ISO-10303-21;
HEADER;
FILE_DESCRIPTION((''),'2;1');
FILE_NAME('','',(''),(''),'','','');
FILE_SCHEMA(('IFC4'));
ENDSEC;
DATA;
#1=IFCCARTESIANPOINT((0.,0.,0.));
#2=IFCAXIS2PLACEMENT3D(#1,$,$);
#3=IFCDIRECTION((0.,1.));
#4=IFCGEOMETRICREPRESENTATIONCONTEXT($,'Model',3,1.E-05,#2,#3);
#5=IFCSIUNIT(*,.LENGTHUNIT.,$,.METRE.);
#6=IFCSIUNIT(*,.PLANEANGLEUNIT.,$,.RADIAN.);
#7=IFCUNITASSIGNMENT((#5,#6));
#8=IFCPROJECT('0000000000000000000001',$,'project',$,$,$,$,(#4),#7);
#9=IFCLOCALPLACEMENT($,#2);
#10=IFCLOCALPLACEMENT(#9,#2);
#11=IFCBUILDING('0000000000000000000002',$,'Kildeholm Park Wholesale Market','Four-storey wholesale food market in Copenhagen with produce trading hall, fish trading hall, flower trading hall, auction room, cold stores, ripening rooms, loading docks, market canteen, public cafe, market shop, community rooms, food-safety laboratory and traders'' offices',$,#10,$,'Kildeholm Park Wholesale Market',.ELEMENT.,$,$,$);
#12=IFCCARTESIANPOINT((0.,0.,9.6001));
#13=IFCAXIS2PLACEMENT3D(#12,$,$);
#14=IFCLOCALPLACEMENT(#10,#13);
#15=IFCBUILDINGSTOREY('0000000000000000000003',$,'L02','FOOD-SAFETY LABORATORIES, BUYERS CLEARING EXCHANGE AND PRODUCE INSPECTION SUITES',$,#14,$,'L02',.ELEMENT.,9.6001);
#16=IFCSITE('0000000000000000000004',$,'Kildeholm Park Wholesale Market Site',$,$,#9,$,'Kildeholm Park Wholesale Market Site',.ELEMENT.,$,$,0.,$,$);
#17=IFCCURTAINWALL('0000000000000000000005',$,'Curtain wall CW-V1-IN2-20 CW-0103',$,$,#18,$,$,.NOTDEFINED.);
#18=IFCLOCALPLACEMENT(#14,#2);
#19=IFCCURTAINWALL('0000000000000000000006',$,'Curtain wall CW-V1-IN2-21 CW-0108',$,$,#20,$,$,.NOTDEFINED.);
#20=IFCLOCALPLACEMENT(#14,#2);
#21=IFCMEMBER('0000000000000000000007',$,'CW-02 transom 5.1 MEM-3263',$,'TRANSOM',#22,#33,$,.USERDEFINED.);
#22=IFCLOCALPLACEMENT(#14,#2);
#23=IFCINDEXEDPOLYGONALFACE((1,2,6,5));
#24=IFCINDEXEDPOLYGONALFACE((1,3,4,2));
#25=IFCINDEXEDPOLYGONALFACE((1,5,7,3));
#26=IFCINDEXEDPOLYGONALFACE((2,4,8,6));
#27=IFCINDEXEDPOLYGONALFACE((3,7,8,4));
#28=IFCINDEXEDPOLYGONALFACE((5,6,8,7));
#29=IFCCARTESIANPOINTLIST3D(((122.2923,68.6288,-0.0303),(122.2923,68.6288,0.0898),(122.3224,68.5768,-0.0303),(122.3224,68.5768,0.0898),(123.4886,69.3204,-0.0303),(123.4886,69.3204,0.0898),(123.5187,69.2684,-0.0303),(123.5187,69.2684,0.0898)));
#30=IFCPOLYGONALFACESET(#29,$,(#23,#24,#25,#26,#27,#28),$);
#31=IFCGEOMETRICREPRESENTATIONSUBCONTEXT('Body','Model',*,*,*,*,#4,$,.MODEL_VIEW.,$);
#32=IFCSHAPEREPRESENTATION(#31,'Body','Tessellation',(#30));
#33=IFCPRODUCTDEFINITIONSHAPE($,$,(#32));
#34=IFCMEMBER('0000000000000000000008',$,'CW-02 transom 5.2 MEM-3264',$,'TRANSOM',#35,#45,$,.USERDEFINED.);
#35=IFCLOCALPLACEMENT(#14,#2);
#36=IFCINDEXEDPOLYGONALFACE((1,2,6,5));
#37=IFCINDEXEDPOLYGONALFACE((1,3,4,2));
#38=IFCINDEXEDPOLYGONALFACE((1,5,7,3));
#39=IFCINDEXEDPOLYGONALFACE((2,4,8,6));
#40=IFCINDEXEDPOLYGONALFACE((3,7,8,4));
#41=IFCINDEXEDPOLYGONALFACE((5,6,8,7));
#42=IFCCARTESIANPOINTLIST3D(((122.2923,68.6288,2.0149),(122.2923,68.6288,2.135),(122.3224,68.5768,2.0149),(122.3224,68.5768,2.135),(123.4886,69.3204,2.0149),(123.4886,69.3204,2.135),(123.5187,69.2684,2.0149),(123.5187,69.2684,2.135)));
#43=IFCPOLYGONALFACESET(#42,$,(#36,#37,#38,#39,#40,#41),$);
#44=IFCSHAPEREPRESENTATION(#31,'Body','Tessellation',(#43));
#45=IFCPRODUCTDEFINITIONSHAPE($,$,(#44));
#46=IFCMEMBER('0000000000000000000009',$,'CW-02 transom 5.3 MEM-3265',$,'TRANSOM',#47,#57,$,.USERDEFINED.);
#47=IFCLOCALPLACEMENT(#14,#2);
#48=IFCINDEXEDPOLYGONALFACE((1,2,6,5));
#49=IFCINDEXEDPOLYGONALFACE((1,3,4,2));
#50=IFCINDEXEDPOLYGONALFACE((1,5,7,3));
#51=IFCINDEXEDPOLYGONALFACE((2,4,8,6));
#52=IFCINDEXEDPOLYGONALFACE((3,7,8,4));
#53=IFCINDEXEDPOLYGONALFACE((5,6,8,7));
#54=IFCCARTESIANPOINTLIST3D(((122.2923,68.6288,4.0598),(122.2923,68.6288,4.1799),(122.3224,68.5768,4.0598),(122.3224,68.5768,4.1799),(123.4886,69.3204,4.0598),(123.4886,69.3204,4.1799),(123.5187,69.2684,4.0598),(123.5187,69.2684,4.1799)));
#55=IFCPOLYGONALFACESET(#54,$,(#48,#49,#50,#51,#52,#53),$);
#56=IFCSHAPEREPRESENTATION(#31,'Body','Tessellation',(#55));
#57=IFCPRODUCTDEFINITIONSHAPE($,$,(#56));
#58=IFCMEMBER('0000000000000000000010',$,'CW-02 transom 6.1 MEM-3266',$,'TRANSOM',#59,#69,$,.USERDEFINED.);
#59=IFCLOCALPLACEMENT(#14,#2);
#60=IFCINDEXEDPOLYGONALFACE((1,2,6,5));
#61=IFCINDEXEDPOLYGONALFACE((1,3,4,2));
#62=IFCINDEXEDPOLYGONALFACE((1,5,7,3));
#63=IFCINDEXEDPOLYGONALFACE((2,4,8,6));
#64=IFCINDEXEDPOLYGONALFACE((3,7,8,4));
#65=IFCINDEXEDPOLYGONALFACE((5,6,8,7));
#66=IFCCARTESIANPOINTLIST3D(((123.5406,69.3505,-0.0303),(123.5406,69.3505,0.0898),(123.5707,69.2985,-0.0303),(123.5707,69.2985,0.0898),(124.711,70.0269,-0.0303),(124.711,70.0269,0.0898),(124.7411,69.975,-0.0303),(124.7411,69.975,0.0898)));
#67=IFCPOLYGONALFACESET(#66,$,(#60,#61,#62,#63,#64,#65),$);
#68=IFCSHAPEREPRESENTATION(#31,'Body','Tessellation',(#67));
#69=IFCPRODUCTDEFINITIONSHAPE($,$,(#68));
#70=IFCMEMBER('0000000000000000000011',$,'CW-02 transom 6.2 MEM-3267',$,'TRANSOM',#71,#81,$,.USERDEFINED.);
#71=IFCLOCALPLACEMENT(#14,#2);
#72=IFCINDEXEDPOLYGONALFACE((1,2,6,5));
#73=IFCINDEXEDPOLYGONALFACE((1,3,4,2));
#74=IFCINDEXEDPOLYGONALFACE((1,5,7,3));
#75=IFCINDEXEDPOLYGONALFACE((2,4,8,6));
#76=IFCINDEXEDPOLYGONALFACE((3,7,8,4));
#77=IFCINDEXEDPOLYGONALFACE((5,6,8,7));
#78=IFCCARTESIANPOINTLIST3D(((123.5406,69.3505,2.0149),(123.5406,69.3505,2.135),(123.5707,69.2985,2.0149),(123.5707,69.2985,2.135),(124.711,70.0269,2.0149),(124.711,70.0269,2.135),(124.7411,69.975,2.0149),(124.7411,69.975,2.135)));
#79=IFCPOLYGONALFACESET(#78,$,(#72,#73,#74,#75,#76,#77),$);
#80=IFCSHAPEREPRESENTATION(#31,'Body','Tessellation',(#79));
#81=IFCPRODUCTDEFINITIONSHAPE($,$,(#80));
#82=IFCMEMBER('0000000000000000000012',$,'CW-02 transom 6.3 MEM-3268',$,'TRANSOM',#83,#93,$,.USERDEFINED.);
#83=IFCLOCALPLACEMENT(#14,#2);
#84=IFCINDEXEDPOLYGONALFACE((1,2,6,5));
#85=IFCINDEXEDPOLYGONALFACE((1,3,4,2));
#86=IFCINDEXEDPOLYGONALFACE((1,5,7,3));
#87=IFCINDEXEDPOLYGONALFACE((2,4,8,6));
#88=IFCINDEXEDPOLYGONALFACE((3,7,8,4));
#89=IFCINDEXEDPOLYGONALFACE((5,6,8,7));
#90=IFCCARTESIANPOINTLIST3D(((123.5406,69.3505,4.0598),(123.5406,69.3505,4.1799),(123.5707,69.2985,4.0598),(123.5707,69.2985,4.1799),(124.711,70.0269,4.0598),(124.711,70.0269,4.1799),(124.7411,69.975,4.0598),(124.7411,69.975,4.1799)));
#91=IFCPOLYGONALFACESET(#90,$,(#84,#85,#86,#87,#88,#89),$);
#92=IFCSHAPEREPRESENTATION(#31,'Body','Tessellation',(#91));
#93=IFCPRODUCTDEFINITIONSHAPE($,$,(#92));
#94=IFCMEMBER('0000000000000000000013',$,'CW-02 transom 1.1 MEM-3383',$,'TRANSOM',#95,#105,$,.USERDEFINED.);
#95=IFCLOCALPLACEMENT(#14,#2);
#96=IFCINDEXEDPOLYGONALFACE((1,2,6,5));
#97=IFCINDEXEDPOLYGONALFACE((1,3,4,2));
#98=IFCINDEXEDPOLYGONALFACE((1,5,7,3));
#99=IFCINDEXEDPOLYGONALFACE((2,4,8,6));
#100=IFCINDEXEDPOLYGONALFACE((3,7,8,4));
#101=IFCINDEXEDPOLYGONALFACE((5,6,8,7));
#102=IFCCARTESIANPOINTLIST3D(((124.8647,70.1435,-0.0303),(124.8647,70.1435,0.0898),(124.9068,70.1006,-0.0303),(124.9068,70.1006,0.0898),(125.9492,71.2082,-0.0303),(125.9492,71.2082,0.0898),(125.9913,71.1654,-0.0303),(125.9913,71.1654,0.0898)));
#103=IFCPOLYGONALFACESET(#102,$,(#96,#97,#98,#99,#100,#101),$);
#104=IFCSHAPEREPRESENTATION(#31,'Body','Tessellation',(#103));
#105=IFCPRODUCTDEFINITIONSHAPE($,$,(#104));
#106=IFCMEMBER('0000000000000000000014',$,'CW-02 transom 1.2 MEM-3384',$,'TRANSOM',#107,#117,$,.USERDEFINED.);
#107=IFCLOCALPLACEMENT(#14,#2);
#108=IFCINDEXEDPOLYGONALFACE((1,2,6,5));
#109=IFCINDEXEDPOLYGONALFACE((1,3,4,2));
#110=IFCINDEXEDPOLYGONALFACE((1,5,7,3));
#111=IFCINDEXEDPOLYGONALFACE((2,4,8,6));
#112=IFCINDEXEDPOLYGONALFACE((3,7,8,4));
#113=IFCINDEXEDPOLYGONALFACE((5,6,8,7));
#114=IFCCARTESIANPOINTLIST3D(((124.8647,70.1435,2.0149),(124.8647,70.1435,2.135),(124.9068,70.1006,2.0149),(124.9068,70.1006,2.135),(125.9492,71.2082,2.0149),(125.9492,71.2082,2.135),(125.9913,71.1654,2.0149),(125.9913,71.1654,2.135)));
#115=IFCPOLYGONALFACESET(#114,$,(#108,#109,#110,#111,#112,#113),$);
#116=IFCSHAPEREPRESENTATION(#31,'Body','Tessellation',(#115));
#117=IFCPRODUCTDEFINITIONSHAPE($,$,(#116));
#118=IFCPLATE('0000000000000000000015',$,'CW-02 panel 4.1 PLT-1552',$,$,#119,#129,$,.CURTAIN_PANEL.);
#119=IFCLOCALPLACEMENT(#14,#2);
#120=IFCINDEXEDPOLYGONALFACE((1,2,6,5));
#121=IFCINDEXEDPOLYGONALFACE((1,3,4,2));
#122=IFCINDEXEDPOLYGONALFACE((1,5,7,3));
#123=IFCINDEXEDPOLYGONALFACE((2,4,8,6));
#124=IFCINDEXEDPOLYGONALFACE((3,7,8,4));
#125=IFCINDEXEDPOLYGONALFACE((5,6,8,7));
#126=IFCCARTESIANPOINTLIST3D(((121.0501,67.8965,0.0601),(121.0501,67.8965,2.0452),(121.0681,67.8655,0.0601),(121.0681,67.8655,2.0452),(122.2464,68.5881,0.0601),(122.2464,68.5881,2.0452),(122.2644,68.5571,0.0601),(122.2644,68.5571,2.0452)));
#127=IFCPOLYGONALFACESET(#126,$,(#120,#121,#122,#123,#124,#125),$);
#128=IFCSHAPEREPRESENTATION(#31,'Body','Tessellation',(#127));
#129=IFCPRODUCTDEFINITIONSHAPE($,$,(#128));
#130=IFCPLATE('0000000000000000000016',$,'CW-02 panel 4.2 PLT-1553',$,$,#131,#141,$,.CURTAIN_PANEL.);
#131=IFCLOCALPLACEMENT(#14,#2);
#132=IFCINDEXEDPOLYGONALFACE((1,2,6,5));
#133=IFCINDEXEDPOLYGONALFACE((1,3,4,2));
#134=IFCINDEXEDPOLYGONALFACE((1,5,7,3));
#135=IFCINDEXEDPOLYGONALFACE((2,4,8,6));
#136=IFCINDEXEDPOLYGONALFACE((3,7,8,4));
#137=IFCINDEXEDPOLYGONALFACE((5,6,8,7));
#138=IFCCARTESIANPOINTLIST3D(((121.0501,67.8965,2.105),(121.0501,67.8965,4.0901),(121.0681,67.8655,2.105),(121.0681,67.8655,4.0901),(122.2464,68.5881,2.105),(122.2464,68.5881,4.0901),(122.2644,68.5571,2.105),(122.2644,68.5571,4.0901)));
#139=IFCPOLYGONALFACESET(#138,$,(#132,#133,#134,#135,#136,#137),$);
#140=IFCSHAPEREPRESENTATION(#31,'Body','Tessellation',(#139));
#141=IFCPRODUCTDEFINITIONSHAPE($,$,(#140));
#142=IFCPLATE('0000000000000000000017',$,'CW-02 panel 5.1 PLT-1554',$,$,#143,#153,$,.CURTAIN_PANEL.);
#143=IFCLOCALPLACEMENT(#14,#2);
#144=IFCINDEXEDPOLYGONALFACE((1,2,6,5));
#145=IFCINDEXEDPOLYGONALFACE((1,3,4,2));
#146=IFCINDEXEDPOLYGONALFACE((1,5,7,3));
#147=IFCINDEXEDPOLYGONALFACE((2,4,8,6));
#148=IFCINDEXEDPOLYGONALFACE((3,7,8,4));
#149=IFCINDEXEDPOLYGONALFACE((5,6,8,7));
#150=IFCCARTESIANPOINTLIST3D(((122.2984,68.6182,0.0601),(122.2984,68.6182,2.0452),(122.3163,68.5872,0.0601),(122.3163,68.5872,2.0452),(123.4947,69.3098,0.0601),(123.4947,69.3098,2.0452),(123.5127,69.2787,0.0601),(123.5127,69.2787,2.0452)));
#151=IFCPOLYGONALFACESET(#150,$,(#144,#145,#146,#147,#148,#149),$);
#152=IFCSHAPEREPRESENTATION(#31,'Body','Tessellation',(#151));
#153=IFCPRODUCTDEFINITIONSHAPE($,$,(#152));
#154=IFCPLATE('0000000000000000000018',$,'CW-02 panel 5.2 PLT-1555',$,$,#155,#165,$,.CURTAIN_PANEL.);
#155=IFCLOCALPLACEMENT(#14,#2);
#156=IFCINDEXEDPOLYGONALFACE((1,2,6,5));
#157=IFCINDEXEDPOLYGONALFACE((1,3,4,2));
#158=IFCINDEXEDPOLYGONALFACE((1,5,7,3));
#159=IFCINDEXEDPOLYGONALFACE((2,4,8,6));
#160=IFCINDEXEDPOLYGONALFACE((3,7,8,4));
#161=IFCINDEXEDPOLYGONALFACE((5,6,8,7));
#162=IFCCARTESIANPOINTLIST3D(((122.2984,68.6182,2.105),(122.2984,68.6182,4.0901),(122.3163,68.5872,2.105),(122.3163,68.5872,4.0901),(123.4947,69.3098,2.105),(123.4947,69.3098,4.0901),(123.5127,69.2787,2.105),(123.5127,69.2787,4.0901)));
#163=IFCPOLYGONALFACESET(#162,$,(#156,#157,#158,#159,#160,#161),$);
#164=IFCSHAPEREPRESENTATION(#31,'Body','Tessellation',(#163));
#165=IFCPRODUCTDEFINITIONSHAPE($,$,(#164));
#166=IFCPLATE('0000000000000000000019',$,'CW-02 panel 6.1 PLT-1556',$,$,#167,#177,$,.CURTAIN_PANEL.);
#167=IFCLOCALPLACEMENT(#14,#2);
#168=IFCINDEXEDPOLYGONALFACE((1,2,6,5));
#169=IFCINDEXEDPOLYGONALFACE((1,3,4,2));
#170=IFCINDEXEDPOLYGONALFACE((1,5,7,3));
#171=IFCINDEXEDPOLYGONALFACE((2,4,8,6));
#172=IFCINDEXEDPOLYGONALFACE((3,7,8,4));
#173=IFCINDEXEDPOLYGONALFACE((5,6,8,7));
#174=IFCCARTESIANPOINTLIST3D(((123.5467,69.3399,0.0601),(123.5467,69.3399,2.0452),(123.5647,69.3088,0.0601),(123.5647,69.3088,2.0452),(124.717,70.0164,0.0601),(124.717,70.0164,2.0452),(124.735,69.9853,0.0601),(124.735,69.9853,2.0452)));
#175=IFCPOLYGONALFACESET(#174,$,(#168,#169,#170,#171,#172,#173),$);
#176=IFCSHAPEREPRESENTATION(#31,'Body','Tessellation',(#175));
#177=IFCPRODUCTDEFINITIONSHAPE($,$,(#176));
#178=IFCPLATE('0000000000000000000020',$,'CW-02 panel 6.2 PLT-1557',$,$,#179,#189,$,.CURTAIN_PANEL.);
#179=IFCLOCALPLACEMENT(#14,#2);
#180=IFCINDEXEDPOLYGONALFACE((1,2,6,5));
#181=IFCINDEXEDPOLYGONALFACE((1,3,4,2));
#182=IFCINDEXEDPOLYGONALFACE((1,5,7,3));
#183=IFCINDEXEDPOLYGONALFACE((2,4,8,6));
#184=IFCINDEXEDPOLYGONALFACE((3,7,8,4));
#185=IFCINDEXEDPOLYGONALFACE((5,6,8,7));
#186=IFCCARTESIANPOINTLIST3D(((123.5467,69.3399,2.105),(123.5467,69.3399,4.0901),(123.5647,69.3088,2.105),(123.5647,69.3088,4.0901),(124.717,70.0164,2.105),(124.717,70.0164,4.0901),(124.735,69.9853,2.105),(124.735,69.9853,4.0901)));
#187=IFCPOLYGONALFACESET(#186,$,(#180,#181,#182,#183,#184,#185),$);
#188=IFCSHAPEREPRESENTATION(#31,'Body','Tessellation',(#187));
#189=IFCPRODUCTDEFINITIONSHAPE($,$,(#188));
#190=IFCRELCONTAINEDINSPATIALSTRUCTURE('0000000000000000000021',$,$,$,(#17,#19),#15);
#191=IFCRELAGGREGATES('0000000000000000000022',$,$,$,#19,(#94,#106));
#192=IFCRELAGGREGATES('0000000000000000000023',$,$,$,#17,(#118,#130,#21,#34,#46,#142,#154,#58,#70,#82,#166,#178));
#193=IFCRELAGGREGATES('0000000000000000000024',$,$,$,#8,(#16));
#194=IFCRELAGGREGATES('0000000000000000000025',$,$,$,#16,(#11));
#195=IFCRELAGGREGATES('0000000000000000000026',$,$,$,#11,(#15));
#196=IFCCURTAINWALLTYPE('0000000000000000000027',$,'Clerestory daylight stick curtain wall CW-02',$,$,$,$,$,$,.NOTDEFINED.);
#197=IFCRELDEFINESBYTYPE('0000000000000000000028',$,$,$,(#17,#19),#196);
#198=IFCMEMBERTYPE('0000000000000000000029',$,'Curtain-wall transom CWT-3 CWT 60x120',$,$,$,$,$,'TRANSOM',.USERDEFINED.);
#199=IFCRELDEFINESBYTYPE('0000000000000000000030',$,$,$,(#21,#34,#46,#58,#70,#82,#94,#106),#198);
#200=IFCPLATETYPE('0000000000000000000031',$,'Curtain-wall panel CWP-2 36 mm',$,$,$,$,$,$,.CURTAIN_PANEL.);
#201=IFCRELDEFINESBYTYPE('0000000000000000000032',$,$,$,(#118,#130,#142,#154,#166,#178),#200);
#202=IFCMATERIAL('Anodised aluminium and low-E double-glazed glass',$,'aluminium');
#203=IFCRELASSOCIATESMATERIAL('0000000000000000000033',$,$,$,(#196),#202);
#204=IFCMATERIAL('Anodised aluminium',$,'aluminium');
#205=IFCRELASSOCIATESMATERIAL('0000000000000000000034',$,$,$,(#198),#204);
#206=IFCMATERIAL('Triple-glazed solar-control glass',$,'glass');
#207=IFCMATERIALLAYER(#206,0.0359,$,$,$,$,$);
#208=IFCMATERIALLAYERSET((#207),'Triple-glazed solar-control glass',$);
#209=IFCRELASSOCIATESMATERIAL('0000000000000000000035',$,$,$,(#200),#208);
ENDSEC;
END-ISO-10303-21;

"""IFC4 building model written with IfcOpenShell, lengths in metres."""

from ifc_helpers import new_model, si_unit, direction, frame, origin, origin_2d, place, context, subcontext, project, spatial, rectangle, extrude, material, layer, layer_set, material_profile, profile_set, type_object, element, aggregate, save


model = new_model("IFC4")

# Units and contexts
model_context = context("Model", 3, precision=1e-05, world=origin(), true_north=direction((0.0, 1.0)))
body_context = subcontext(model_context, "Body", "Model", "MODEL_VIEW")
ifc_project = project(units=[si_unit("LENGTHUNIT", "METRE"), si_unit("PLANEANGLEUNIT", "RADIAN")], contexts=[model_context])

# Site, building, storey
site_placement = place(None, origin())
site = spatial("IfcSite", under=ifc_project, at=site_placement, Name="Kildeholm Park Wholesale Market Site", LongName="Kildeholm Park Wholesale Market Site", CompositionType="ELEMENT", RefElevation=0.0)
building_placement = place(site_placement, origin())
building = spatial("IfcBuilding", under=site, at=building_placement, Name="Kildeholm Park Wholesale Market", Description="Four-storey wholesale food market in Copenhagen with produce trading hall, fish trading hall, flower trading hall, auction room, cold stores, ripening rooms, loading docks, market canteen, public cafe, market shop, community rooms, food-safety laboratory and traders' offices", LongName="Kildeholm Park Wholesale Market", CompositionType="ELEMENT")
storey_placement = place(building_placement, frame((0.0, 0.0, 9.6001)))
storey = spatial("IfcBuildingStorey", under=building, at=storey_placement, Name="L02", Description="FOOD-SAFETY LABORATORIES, BUYERS CLEARING EXCHANGE AND PRODUCE INSPECTION SUITES", LongName="L02", CompositionType="ELEMENT", Elevation=9.6001)

# Curtain wall
ifc_material_1 = material(Name="Anodised aluminium and low-E double-glazed glass", Category="aluminium")
curtain_wall_type = type_object("IfcCurtainWallType", Name="Clerestory daylight stick curtain wall CW-02", PredefinedType="NOTDEFINED", material=ifc_material_1)
curtain_wall_1_placement = place(storey_placement, origin())
curtain_wall_1 = element("IfcCurtainWall", 1, at=curtain_wall_1_placement, inside=storey, type_object=curtain_wall_type, Name="Curtain wall CW-V1-IN2-20 CW-0103", PredefinedType="NOTDEFINED")
ifc_material_2 = material(Name="Anodised aluminium", Category="aluminium")

# Curtain wall
curtain_wall_2_placement = place(storey_placement, origin())
curtain_wall_2 = element("IfcCurtainWall", 2, at=curtain_wall_2_placement, inside=storey, type_object=curtain_wall_type, Name="Curtain wall CW-V1-IN2-21 CW-0108", PredefinedType="NOTDEFINED")

# Members
ifc_material_profile_1 = material_profile(ifc_material_2, rectangle(XDim=0.0601, YDim=0.1201, at=origin_2d()), Name="CWT 60x120")
ifc_profile_set_1 = profile_set([ifc_material_profile_1], Name="Anodised aluminium")
member_type_1 = type_object("IfcMemberType", Name="Curtain-wall transom CWT-3 CWT 60x120", ElementType="TRANSOM", PredefinedType="USERDEFINED", material=ifc_profile_set_1)
member_1_placement = place(storey_placement, frame((122.3074, 68.6028, 0.0298), z_axis=(0.86572, 0.500528, 0.0), x_axis=(-0.500528, 0.86572, 0.0)))
member_1 = element("IfcMember", 3, at=member_1_placement, type_object=member_type_1, Name="CW-02 transom 5.1 MEM-3263", ObjectType="TRANSOM", PredefinedType="USERDEFINED", context=body_context, shape_type="SweptSolid", body=[
    extrude(rectangle(XDim=0.0601, YDim=0.1201, at=origin_2d()), origin(), (0.0, 0.0, 1.0), 1.3818),
])
member_2_placement = place(storey_placement, frame((122.3074, 68.6028, 2.075), z_axis=(0.86572, 0.500528, 0.0), x_axis=(-0.500528, 0.86572, 0.0)))
member_2 = element("IfcMember", 4, at=member_2_placement, type_object=member_type_1, Name="CW-02 transom 5.2 MEM-3264", ObjectType="TRANSOM", PredefinedType="USERDEFINED", context=body_context, shape_type="SweptSolid", body=[
    extrude(rectangle(XDim=0.0601, YDim=0.1201, at=origin_2d()), origin(), (0.0, 0.0, 1.0), 1.3818),
])
member_3_placement = place(storey_placement, frame((122.3074, 68.6028, 4.1199), z_axis=(0.86572, 0.500528, 0.0), x_axis=(-0.500528, 0.86572, 0.0)))
member_3 = element("IfcMember", 5, at=member_3_placement, type_object=member_type_1, Name="CW-02 transom 5.3 MEM-3265", ObjectType="TRANSOM", PredefinedType="USERDEFINED", context=body_context, shape_type="SweptSolid", body=[
    extrude(rectangle(XDim=0.0601, YDim=0.1201, at=origin_2d()), origin(), (0.0, 0.0, 1.0), 1.3818),
])
member_4_placement = place(storey_placement, frame((123.5557, 69.3245, 0.0298), z_axis=(0.865776, 0.500431, 0.0), x_axis=(-0.500431, 0.865776, 0.0)))
member_4 = element("IfcMember", 6, at=member_4_placement, type_object=member_type_1, Name="CW-02 transom 6.1 MEM-3266", ObjectType="TRANSOM", PredefinedType="USERDEFINED", context=body_context, shape_type="SweptSolid", body=[
    extrude(rectangle(XDim=0.0601, YDim=0.1201, at=origin_2d()), origin(), (0.0, 0.0, 1.0), 1.3518),
])
member_5_placement = place(storey_placement, frame((123.5557, 69.3245, 2.075), z_axis=(0.865776, 0.500431, 0.0), x_axis=(-0.500431, 0.865776, 0.0)))
member_5 = element("IfcMember", 7, at=member_5_placement, type_object=member_type_1, Name="CW-02 transom 6.2 MEM-3267", ObjectType="TRANSOM", PredefinedType="USERDEFINED", context=body_context, shape_type="SweptSolid", body=[
    extrude(rectangle(XDim=0.0601, YDim=0.1201, at=origin_2d()), origin(), (0.0, 0.0, 1.0), 1.3518),
])
member_6_placement = place(storey_placement, frame((123.5557, 69.3245, 4.1199), z_axis=(0.865776, 0.500431, 0.0), x_axis=(-0.500431, 0.865776, 0.0)))
member_6 = element("IfcMember", 8, at=member_6_placement, type_object=member_type_1, Name="CW-02 transom 6.3 MEM-3268", ObjectType="TRANSOM", PredefinedType="USERDEFINED", context=body_context, shape_type="SweptSolid", body=[
    extrude(rectangle(XDim=0.0601, YDim=0.1201, at=origin_2d()), origin(), (0.0, 0.0, 1.0), 1.3518),
])
member_7_placement = place(storey_placement, frame((124.8857, 70.1221, 0.0298), z_axis=(0.713583, 0.700571, 0.0), x_axis=(-0.700571, 0.713583, 0.0)))
member_7 = element("IfcMember", 9, at=member_7_placement, type_object=member_type_1, Name="CW-02 transom 1.1 MEM-3383", ObjectType="TRANSOM", PredefinedType="USERDEFINED", context=body_context, shape_type="SweptSolid", body=[
    extrude(rectangle(XDim=0.0601, YDim=0.1201, at=origin_2d()), origin(), (0.0, 0.0, 1.0), 1.5198),
])
member_8_placement = place(storey_placement, frame((124.8857, 70.1221, 2.075), z_axis=(0.713583, 0.700571, 0.0), x_axis=(-0.700571, 0.713583, 0.0)))
member_8 = element("IfcMember", 10, at=member_8_placement, type_object=member_type_1, Name="CW-02 transom 1.2 MEM-3384", ObjectType="TRANSOM", PredefinedType="USERDEFINED", context=body_context, shape_type="SweptSolid", body=[
    extrude(rectangle(XDim=0.0601, YDim=0.1201, at=origin_2d()), origin(), (0.0, 0.0, 1.0), 1.5198),
])
aggregate(curtain_wall_2, [member_7, member_8])

# Plates
ifc_material_3 = material(Name="Triple-glazed solar-control glass", Category="glass")
ifc_layer_1 = layer(ifc_material_3, 0.0359)
ifc_layer_set_1 = layer_set([ifc_layer_1], Name="Triple-glazed solar-control glass")
plate_type_1 = type_object("IfcPlateType", Name="Curtain-wall panel CWP-2 36 mm", PredefinedType="CURTAIN_PANEL", material=ifc_layer_set_1)
plate_1_placement = place(storey_placement, frame((121.6572, 68.2268, 0.0601), z_axis=(0.0, 0.0, 1.0), x_axis=(0.865743, 0.500489, 0.0)))
plate_1 = element("IfcPlate", 11, at=plate_1_placement, type_object=plate_type_1, Name="CW-02 panel 4.1 PLT-1552", PredefinedType="CURTAIN_PANEL", context=body_context, shape_type="SweptSolid", body=[
    extrude(rectangle(XDim=1.3818, YDim=0.0359, at=origin_2d()), origin(), (0.0, 0.0, 1.0), 1.9851),
])
plate_2_placement = place(storey_placement, frame((121.6572, 68.2268, 2.105), z_axis=(0.0, 0.0, 1.0), x_axis=(0.865743, 0.500489, 0.0)))
plate_2 = element("IfcPlate", 12, at=plate_2_placement, type_object=plate_type_1, Name="CW-02 panel 4.2 PLT-1553", PredefinedType="CURTAIN_PANEL", context=body_context, shape_type="SweptSolid", body=[
    extrude(rectangle(XDim=1.3818, YDim=0.0359, at=origin_2d()), origin(), (0.0, 0.0, 1.0), 1.9851),
])
plate_3_placement = place(storey_placement, frame((122.9055, 68.9485, 0.0601), z_axis=(0.0, 0.0, 1.0), x_axis=(0.865743, 0.500489, 0.0)))
plate_3 = element("IfcPlate", 13, at=plate_3_placement, type_object=plate_type_1, Name="CW-02 panel 5.1 PLT-1554", PredefinedType="CURTAIN_PANEL", context=body_context, shape_type="SweptSolid", body=[
    extrude(rectangle(XDim=1.3818, YDim=0.0359, at=origin_2d()), origin(), (0.0, 0.0, 1.0), 1.9851),
])
plate_4_placement = place(storey_placement, frame((122.9055, 68.9485, 2.105), z_axis=(0.0, 0.0, 1.0), x_axis=(0.865743, 0.500489, 0.0)))
plate_4 = element("IfcPlate", 14, at=plate_4_placement, type_object=plate_type_1, Name="CW-02 panel 5.2 PLT-1555", PredefinedType="CURTAIN_PANEL", context=body_context, shape_type="SweptSolid", body=[
    extrude(rectangle(XDim=1.3818, YDim=0.0359, at=origin_2d()), origin(), (0.0, 0.0, 1.0), 1.9851),
])
plate_5_placement = place(storey_placement, frame((124.1409, 69.6626, 0.0601), z_axis=(0.0, 0.0, 1.0), x_axis=(0.865743, 0.500489, 0.0)))
plate_5 = element("IfcPlate", 15, at=plate_5_placement, type_object=plate_type_1, Name="CW-02 panel 6.1 PLT-1556", PredefinedType="CURTAIN_PANEL", context=body_context, shape_type="SweptSolid", body=[
    extrude(rectangle(XDim=1.3518, YDim=0.0359, at=origin_2d()), origin(), (0.0, 0.0, 1.0), 1.9851),
])
plate_6_placement = place(storey_placement, frame((124.1409, 69.6626, 2.105), z_axis=(0.0, 0.0, 1.0), x_axis=(0.865743, 0.500489, 0.0)))
plate_6 = element("IfcPlate", 16, at=plate_6_placement, type_object=plate_type_1, Name="CW-02 panel 6.2 PLT-1557", PredefinedType="CURTAIN_PANEL", context=body_context, shape_type="SweptSolid", body=[
    extrude(rectangle(XDim=1.3518, YDim=0.0359, at=origin_2d()), origin(), (0.0, 0.0, 1.0), 1.9851),
])
aggregate(curtain_wall_1, [plate_1, plate_2, member_1, member_2, member_3, plate_3, plate_4, member_4, member_5, member_6, plate_5, plate_6])

save(model, "model.ifc")
